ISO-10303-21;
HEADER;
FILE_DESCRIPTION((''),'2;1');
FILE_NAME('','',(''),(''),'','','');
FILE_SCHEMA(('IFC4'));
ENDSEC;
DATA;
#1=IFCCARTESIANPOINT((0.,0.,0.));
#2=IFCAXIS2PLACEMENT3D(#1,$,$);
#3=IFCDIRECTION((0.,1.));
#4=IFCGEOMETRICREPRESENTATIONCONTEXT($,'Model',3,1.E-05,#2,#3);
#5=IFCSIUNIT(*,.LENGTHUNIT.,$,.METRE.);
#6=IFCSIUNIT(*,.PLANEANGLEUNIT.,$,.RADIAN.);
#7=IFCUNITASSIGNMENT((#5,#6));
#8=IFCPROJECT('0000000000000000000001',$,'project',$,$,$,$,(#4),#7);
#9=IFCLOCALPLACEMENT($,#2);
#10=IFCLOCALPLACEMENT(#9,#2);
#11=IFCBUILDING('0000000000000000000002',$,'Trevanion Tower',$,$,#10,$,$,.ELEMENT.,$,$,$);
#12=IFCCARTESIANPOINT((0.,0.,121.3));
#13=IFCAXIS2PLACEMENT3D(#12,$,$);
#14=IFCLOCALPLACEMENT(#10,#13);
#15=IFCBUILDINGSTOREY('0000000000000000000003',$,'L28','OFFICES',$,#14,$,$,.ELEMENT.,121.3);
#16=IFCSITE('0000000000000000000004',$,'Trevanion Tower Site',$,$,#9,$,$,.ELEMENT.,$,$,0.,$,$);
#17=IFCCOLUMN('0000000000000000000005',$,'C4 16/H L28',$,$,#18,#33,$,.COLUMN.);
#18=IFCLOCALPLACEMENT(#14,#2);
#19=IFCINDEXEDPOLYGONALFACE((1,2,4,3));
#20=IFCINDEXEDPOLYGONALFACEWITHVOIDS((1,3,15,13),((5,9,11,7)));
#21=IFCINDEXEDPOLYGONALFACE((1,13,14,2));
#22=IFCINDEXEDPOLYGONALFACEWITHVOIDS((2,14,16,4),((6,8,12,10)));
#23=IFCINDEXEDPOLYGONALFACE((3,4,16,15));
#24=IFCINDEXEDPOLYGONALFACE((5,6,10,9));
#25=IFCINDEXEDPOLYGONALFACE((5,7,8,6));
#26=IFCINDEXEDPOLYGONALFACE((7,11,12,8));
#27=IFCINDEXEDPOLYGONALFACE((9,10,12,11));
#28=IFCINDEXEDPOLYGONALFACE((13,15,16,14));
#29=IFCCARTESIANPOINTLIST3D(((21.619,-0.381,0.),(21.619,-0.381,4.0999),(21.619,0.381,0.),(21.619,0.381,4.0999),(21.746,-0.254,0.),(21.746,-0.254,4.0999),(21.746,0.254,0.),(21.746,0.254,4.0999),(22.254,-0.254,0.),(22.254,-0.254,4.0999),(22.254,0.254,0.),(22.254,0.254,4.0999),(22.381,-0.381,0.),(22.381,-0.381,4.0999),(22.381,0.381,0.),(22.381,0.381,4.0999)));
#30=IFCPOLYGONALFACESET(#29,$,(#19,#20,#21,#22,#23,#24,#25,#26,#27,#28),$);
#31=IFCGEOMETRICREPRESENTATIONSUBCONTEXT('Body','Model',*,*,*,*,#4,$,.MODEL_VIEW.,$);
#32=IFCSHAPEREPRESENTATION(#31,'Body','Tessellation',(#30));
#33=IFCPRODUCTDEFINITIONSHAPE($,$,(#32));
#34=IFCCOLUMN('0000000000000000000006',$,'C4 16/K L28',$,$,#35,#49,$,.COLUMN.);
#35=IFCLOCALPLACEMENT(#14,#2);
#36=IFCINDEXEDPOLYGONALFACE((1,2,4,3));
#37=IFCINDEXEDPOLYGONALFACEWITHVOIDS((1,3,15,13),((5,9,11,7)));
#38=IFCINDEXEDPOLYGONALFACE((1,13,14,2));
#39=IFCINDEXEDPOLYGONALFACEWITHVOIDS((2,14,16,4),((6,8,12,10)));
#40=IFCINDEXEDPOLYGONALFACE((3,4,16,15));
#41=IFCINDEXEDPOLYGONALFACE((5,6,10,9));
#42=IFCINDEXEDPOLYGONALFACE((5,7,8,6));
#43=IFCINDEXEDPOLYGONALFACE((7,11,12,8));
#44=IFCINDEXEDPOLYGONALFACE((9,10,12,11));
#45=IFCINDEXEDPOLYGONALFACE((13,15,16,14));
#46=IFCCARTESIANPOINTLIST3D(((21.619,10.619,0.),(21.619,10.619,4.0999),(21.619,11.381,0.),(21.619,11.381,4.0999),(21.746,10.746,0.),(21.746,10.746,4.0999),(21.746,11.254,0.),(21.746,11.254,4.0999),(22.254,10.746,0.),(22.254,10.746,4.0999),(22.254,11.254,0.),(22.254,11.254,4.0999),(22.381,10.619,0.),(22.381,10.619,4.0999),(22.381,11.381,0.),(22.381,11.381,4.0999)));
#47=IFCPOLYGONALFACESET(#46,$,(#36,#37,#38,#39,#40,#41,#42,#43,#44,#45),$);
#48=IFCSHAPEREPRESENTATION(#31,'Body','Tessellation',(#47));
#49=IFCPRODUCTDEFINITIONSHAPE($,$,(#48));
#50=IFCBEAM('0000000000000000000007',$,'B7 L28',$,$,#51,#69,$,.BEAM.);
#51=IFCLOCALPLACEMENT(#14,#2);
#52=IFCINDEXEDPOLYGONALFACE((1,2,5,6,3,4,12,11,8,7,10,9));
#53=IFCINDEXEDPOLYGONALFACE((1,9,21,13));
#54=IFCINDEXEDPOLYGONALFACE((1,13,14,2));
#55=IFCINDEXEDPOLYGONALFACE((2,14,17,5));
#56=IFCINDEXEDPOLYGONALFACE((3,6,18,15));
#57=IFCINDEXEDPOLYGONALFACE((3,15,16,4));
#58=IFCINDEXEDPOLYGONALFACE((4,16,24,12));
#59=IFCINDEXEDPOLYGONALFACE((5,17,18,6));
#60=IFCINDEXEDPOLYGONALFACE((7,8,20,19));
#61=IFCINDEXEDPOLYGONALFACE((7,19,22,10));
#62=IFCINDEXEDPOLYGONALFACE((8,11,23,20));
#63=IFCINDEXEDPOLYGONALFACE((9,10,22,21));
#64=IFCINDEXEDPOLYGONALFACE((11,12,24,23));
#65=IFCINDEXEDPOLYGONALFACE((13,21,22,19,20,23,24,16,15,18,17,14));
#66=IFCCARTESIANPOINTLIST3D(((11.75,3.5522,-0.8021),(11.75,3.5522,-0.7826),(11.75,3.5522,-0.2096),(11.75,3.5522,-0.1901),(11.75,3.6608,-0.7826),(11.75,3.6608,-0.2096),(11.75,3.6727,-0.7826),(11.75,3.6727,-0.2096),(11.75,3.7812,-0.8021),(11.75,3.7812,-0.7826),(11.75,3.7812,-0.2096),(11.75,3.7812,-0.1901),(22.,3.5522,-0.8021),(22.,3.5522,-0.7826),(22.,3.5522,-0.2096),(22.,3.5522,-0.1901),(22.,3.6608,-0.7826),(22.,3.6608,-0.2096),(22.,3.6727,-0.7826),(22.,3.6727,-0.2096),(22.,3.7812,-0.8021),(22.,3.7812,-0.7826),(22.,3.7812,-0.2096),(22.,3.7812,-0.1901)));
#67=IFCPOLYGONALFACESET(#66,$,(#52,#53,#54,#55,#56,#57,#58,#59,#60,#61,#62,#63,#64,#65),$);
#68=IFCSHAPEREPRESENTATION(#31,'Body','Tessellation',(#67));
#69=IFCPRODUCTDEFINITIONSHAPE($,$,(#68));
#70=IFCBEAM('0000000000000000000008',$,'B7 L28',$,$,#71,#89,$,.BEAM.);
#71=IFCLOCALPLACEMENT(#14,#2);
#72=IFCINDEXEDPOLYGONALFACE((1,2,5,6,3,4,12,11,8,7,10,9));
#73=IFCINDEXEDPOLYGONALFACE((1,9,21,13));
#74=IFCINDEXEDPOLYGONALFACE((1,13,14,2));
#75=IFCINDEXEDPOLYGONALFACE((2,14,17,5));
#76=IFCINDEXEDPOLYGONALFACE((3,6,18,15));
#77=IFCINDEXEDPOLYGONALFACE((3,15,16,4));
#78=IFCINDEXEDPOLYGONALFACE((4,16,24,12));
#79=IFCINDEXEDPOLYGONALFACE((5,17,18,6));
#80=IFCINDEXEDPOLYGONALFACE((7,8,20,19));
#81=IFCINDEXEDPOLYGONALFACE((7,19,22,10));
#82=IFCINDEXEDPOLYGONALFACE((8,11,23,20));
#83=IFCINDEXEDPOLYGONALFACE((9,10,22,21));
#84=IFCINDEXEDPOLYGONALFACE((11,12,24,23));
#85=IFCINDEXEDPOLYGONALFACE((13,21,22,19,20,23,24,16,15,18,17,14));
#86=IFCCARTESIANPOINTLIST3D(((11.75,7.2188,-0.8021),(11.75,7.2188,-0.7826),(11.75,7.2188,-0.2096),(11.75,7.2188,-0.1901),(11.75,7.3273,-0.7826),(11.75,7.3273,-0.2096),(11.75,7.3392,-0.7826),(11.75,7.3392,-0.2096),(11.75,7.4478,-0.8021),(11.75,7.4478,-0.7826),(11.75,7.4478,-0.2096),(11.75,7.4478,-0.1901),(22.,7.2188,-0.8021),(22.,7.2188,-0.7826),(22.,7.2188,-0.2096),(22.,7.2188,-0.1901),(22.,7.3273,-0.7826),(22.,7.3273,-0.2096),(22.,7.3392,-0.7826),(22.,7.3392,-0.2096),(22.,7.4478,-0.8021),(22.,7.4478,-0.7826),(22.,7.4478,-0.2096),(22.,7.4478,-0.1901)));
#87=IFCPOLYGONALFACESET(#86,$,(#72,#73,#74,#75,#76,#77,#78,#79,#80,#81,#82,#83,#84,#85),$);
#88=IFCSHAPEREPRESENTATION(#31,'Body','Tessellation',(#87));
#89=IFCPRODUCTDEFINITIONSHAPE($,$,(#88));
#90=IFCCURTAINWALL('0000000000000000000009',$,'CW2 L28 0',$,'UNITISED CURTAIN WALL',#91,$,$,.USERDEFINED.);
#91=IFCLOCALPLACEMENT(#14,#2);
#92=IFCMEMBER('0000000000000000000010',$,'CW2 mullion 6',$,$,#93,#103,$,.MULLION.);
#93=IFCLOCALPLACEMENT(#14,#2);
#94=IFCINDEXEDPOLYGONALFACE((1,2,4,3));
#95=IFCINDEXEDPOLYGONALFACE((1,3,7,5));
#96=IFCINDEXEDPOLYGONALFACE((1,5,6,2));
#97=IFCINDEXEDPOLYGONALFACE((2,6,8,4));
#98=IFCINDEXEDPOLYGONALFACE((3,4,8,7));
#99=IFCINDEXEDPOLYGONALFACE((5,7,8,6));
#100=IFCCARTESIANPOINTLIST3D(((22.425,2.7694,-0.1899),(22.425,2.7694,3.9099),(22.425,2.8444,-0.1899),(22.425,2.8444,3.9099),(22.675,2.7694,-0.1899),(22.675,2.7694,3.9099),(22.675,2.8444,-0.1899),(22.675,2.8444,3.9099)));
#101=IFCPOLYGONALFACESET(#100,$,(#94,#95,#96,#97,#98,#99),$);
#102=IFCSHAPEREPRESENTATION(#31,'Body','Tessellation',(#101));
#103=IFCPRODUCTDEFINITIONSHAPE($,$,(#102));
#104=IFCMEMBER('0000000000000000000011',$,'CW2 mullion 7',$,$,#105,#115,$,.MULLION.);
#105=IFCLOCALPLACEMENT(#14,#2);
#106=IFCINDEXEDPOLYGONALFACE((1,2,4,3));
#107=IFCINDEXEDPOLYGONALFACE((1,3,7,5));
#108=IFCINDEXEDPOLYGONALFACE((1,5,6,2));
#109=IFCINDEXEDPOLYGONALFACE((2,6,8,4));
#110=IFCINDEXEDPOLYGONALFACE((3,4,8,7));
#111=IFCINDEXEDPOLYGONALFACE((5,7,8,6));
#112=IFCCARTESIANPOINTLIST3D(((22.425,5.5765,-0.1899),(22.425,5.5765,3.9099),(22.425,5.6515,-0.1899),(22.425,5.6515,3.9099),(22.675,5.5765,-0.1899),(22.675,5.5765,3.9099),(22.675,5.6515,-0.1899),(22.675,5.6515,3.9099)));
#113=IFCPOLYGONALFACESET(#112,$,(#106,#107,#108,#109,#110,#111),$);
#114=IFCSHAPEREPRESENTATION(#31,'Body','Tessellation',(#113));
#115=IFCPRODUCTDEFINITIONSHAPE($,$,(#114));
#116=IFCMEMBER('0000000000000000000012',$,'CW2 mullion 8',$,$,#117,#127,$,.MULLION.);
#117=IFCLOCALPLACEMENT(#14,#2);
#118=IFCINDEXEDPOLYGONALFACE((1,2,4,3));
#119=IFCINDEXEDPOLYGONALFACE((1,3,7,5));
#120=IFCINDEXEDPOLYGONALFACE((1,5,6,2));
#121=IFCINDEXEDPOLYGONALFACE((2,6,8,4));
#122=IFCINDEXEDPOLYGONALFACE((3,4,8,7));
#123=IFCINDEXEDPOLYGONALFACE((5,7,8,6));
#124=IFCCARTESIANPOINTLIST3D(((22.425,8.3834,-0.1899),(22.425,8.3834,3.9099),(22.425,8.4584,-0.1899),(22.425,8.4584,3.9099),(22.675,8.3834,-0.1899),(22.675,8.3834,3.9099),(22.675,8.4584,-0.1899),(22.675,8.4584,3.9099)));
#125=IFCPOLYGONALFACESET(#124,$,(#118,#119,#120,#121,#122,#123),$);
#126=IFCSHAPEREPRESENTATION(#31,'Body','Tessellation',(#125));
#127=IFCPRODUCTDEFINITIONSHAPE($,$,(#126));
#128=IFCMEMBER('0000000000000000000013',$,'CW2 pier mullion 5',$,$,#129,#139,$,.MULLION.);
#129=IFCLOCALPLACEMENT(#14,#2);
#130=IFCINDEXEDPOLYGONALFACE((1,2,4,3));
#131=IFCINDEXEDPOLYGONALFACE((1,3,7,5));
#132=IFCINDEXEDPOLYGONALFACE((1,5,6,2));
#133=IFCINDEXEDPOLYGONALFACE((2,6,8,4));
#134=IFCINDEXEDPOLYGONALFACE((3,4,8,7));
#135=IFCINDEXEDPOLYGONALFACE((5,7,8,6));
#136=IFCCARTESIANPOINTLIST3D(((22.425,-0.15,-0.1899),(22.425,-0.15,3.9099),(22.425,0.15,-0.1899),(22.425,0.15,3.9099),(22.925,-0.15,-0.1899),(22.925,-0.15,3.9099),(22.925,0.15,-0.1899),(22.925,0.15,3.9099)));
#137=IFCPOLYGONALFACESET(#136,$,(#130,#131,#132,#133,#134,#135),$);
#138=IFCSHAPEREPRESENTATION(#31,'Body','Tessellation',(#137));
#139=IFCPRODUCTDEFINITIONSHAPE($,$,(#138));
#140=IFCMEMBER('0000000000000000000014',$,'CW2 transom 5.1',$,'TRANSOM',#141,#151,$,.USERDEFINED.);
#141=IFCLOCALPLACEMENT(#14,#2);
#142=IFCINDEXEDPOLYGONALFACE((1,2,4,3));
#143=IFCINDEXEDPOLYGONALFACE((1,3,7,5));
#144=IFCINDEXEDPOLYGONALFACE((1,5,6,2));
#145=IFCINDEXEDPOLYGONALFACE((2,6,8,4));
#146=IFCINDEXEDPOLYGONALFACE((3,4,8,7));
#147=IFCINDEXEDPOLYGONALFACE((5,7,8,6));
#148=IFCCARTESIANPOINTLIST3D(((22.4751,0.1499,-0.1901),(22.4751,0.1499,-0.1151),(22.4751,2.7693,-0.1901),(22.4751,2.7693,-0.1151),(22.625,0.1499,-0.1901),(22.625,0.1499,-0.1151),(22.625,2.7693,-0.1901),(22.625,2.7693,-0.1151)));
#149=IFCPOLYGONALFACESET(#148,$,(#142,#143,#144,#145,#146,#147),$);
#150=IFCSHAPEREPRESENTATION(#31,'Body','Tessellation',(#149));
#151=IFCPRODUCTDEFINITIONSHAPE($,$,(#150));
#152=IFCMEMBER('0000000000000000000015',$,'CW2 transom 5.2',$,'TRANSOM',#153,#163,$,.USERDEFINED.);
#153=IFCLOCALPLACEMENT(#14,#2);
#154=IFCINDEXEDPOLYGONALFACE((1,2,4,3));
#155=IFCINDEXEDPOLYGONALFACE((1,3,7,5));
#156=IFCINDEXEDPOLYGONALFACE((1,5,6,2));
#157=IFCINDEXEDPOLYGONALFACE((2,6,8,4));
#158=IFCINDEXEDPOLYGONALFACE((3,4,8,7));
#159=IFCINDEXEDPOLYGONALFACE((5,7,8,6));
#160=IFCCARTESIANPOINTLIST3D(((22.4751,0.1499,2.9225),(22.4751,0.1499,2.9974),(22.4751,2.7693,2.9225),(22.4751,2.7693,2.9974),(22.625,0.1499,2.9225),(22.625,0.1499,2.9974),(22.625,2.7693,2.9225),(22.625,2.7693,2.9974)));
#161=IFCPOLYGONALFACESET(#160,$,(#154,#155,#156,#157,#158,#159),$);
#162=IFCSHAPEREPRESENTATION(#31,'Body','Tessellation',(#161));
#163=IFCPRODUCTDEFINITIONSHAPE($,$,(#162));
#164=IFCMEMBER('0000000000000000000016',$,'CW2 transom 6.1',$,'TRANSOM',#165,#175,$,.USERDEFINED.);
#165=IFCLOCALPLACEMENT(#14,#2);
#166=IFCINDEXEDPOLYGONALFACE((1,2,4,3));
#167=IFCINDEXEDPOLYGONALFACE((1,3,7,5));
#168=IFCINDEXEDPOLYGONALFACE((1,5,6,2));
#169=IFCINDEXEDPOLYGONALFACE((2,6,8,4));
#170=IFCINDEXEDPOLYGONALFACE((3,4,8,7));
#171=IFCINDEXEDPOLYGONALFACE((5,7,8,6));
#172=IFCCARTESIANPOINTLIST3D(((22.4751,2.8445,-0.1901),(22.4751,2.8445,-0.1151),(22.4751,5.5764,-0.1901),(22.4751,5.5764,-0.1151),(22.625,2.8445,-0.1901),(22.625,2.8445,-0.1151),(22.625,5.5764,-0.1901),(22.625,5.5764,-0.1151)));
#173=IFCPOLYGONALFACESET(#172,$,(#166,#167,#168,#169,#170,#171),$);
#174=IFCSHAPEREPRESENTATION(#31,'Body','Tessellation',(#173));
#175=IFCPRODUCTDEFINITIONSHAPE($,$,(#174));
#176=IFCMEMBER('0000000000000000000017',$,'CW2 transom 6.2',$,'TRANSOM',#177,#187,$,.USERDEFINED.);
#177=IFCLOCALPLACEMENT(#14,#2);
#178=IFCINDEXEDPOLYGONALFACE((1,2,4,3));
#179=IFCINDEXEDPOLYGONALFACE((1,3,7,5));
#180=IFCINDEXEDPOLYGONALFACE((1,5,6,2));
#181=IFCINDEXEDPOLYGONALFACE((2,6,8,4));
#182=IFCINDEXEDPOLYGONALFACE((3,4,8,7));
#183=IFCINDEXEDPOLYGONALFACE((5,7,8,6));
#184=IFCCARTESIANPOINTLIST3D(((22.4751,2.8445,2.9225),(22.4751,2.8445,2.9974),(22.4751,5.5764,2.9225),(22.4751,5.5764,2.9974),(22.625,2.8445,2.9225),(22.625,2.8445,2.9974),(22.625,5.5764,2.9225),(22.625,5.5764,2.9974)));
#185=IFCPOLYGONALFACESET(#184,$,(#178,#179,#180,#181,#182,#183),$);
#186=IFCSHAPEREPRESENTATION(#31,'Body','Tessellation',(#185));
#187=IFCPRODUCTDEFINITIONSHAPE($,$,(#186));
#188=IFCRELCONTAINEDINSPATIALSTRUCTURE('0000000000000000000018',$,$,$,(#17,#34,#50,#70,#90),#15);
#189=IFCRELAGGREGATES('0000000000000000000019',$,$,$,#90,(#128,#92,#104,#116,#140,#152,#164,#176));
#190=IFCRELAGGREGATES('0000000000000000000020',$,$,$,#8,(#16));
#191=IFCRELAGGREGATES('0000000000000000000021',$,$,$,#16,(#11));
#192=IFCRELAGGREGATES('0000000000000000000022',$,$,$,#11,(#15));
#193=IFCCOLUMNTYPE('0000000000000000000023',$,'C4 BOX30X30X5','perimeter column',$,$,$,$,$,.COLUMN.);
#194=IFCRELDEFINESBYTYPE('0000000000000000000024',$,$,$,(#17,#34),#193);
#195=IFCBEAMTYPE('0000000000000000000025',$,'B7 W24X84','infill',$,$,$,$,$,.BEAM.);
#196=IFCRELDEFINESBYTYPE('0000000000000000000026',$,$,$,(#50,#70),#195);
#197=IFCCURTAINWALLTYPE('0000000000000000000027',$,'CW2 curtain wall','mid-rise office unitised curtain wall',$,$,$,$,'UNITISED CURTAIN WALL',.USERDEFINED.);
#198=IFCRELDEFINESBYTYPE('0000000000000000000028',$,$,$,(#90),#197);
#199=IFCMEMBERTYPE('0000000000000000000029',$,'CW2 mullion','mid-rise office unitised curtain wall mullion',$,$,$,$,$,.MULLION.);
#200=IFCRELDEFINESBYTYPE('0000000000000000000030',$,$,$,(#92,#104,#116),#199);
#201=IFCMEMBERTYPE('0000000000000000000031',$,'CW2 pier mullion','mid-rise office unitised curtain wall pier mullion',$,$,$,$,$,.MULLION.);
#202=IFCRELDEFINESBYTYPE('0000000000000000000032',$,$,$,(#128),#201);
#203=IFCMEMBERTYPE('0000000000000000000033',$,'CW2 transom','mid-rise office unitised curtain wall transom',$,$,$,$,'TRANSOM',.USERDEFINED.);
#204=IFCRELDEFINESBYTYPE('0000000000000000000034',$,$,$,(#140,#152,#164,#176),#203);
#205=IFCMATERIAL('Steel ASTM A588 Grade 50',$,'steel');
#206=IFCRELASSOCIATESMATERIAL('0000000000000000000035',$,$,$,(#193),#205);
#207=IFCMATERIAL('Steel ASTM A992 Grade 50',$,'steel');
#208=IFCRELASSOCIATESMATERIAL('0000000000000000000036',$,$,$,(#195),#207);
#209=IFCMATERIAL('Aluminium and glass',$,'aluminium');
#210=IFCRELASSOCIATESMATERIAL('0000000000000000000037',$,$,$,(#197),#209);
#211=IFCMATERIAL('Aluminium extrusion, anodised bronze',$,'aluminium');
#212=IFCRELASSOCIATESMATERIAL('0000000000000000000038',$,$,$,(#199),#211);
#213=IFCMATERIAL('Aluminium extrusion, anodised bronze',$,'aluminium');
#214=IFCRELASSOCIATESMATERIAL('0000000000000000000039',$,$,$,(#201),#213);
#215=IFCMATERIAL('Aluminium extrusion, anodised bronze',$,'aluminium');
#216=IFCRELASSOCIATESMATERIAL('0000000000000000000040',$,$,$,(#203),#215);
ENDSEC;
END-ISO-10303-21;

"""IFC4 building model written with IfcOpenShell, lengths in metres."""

from ifc_helpers import new_model, si_unit, direction, frame, origin, origin_2d, place, context, subcontext, project, spatial, rectangle, hollow_rectangle, i_section, extrude, material, material_profile, profile_set, type_object, element, aggregate, save


model = new_model("IFC4")

# Units and contexts
model_context = context("Model", 3, precision=1e-05, world=origin(), true_north=direction((0.0, 1.0)))
body_context = subcontext(model_context, "Body", "Model", "MODEL_VIEW")
ifc_project = project(units=[si_unit("LENGTHUNIT", "METRE"), si_unit("PLANEANGLEUNIT", "RADIAN")], contexts=[model_context])

# Site, building, storey
site_placement = place(None, origin())
site = spatial("IfcSite", under=ifc_project, at=site_placement, Name="Trevanion Tower Site", CompositionType="ELEMENT", RefElevation=0.0)
building_placement = place(site_placement, origin())
building = spatial("IfcBuilding", under=site, at=building_placement, Name="Trevanion Tower", CompositionType="ELEMENT")
storey_placement = place(building_placement, frame((0.0, 0.0, 121.3)))
storey = spatial("IfcBuildingStorey", under=building, at=storey_placement, Name="L28", Description="OFFICES", CompositionType="ELEMENT", Elevation=121.3)

# Columns
ifc_material_1 = material(Name="Steel ASTM A588 Grade 50", Category="steel")
ifc_material_profile_1 = material_profile(ifc_material_1, hollow_rectangle(XDim=0.762, YDim=0.762, WallThickness=0.127, at=origin_2d()), Name="BOX30X30X5")
ifc_profile_set_1 = profile_set([ifc_material_profile_1], Name="Steel ASTM A588 Grade 50")
column_type = type_object("IfcColumnType", Name="C4 BOX30X30X5", Description="perimeter column", PredefinedType="COLUMN", material=ifc_profile_set_1)
for number, where, z_axis, x_axis, name in (
    (1, (22.0, 0.0, 0.0), (0.0, 0.0, 1.0), (0.0, 1.0, 0.0), "C4 16/H L28"),
    (2, (22.0, 11.0, 0.0), (0.0, 0.0, 1.0), (0.0, 1.0, 0.0), "C4 16/K L28"),
):
    element("IfcColumn", number, at=place(storey_placement, frame(where, z_axis=z_axis, x_axis=x_axis)), inside=storey, type_object=column_type, Name=name, PredefinedType="COLUMN", context=body_context, shape_type="SweptSolid", body=[
        extrude(hollow_rectangle(XDim=0.762, YDim=0.762, WallThickness=0.127, at=origin_2d()), origin(), (0.0, 0.0, 1.0), 4.0999),
    ])

# Beams
ifc_material_2 = material(Name="Steel ASTM A992 Grade 50", Category="steel")
ifc_material_profile_2 = material_profile(ifc_material_2, i_section(OverallWidth=0.229, OverallDepth=0.6121, WebThickness=0.012, FlangeThickness=0.0195, at=origin_2d()), Name="W24X84")
ifc_profile_set_2 = profile_set([ifc_material_profile_2], Name="Steel ASTM A992 Grade 50")
beam_type_1 = type_object("IfcBeamType", Name="B7 W24X84", Description="infill", PredefinedType="BEAM", material=ifc_profile_set_2)
for number, where, z_axis, x_axis, name in (
    (3, (11.75, 3.6667, -0.4961), (1.0, 0.0, 0.0), (0.0, 1.0, 0.0), "B7 L28"),
    (4, (11.75, 7.3333, -0.4961), (1.0, 0.0, 0.0), (0.0, 1.0, 0.0), "B7 L28"),
):
    element("IfcBeam", number, at=place(storey_placement, frame(where, z_axis=z_axis, x_axis=x_axis)), inside=storey, type_object=beam_type_1, Name=name, PredefinedType="BEAM", context=body_context, shape_type="SweptSolid", body=[
        extrude(i_section(OverallWidth=0.229, OverallDepth=0.6121, WebThickness=0.012, FlangeThickness=0.0195, at=origin_2d()), origin(), (0.0, 0.0, 1.0), 10.25),
    ])

# Curtain wall, members
ifc_material_3 = material(Name="Aluminium and glass", Category="aluminium")
curtain_wall_type = type_object("IfcCurtainWallType", Name="CW2 curtain wall", Description="mid-rise office unitised curtain wall", ElementType="UNITISED CURTAIN WALL", PredefinedType="USERDEFINED", material=ifc_material_3)
curtain_wall_placement = place(storey_placement, origin())
curtain_wall = element("IfcCurtainWall", 5, at=curtain_wall_placement, inside=storey, type_object=curtain_wall_type, Name="CW2 L28 0", ObjectType="UNITISED CURTAIN WALL", PredefinedType="USERDEFINED")
ifc_material_4 = material(Name="Aluminium extrusion, anodised bronze", Category="aluminium")
ifc_material_profile_3 = material_profile(ifc_material_4, rectangle(XDim=0.075, YDim=0.25, at=origin_2d()), Name="CW2 mullion")
ifc_profile_set_3 = profile_set([ifc_material_profile_3], Name="Aluminium extrusion, anodised bronze")
member_type_1 = type_object("IfcMemberType", Name="CW2 mullion", Description="mid-rise office unitised curtain wall mullion", PredefinedType="MULLION", material=ifc_profile_set_3)
member_1_placement = place(storey_placement, frame((22.55, 2.8069, -0.1899), z_axis=(0.0, 0.0, 1.0), x_axis=(0.0, 1.0, 0.0)))
member_1 = element("IfcMember", 6, at=member_1_placement, type_object=member_type_1, Name="CW2 mullion 6", PredefinedType="MULLION", context=body_context, shape_type="SweptSolid", body=[
    extrude(rectangle(XDim=0.075, YDim=0.25, at=origin_2d()), origin(), (0.0, 0.0, 1.0), 4.0999),
])
member_2_placement = place(storey_placement, frame((22.55, 5.614, -0.1899), z_axis=(0.0, 0.0, 1.0), x_axis=(0.0, 1.0, 0.0)))
member_2 = element("IfcMember", 7, at=member_2_placement, type_object=member_type_1, Name="CW2 mullion 7", PredefinedType="MULLION", context=body_context, shape_type="SweptSolid", body=[
    extrude(rectangle(XDim=0.075, YDim=0.25, at=origin_2d()), origin(), (0.0, 0.0, 1.0), 4.0999),
])
member_3_placement = place(storey_placement, frame((22.55, 8.4209, -0.1899), z_axis=(0.0, 0.0, 1.0), x_axis=(0.0, 1.0, 0.0)))
member_3 = element("IfcMember", 8, at=member_3_placement, type_object=member_type_1, Name="CW2 mullion 8", PredefinedType="MULLION", context=body_context, shape_type="SweptSolid", body=[
    extrude(rectangle(XDim=0.075, YDim=0.25, at=origin_2d()), origin(), (0.0, 0.0, 1.0), 4.0999),
])
ifc_material_5 = material(Name="Aluminium extrusion, anodised bronze", Category="aluminium")
ifc_material_profile_4 = material_profile(ifc_material_5, rectangle(XDim=0.3, YDim=0.5, at=origin_2d()), Name="CW2 pier mullion")
ifc_profile_set_4 = profile_set([ifc_material_profile_4], Name="Aluminium extrusion, anodised bronze")
member_type_2 = type_object("IfcMemberType", Name="CW2 pier mullion", Description="mid-rise office unitised curtain wall pier mullion", PredefinedType="MULLION", material=ifc_profile_set_4)
member_4_placement = place(storey_placement, frame((22.675, 0.0, -0.1899), z_axis=(0.0, 0.0, 1.0), x_axis=(0.0, 1.0, 0.0)))
member_4 = element("IfcMember", 9, at=member_4_placement, type_object=member_type_2, Name="CW2 pier mullion 5", PredefinedType="MULLION", context=body_context, shape_type="SweptSolid", body=[
    extrude(rectangle(XDim=0.3, YDim=0.5, at=origin_2d()), origin(), (0.0, 0.0, 1.0), 4.0999),
])
ifc_material_6 = material(Name="Aluminium extrusion, anodised bronze", Category="aluminium")
ifc_material_profile_5 = material_profile(ifc_material_6, rectangle(XDim=0.1499, YDim=0.075, at=origin_2d()), Name="CW2 transom")
ifc_profile_set_5 = profile_set([ifc_material_profile_5], Name="Aluminium extrusion, anodised bronze")
member_type_3 = type_object("IfcMemberType", Name="CW2 transom", Description="mid-rise office unitised curtain wall transom", ElementType="TRANSOM", PredefinedType="USERDEFINED", material=ifc_profile_set_5)
member_5_placement = place(storey_placement, frame((22.55, 0.1499, -0.1526), z_axis=(0.0, 1.0, 0.0), x_axis=(-1.0, 0.0, 0.0)))
member_5 = element("IfcMember", 10, at=member_5_placement, type_object=member_type_3, Name="CW2 transom 5.1", ObjectType="TRANSOM", PredefinedType="USERDEFINED", context=body_context, shape_type="SweptSolid", body=[
    extrude(rectangle(XDim=0.1499, YDim=0.075, at=origin_2d()), origin(), (0.0, 0.0, 1.0), 2.6194),
])
member_6_placement = place(storey_placement, frame((22.55, 0.1499, 2.96), z_axis=(0.0, 1.0, 0.0), x_axis=(-1.0, 0.0, 0.0)))
member_6 = element("IfcMember", 11, at=member_6_placement, type_object=member_type_3, Name="CW2 transom 5.2", ObjectType="TRANSOM", PredefinedType="USERDEFINED", context=body_context, shape_type="SweptSolid", body=[
    extrude(rectangle(XDim=0.1499, YDim=0.075, at=origin_2d()), origin(), (0.0, 0.0, 1.0), 2.6194),
])
member_7_placement = place(storey_placement, frame((22.55, 2.8445, -0.1526), z_axis=(0.0, 1.0, 0.0), x_axis=(-1.0, 0.0, 0.0)))
member_7 = element("IfcMember", 12, at=member_7_placement, type_object=member_type_3, Name="CW2 transom 6.1", ObjectType="TRANSOM", PredefinedType="USERDEFINED", context=body_context, shape_type="SweptSolid", body=[
    extrude(rectangle(XDim=0.1499, YDim=0.075, at=origin_2d()), origin(), (0.0, 0.0, 1.0), 2.7319),
])
member_8_placement = place(storey_placement, frame((22.55, 2.8445, 2.96), z_axis=(0.0, 1.0, 0.0), x_axis=(-1.0, 0.0, 0.0)))
member_8 = element("IfcMember", 13, at=member_8_placement, type_object=member_type_3, Name="CW2 transom 6.2", ObjectType="TRANSOM", PredefinedType="USERDEFINED", context=body_context, shape_type="SweptSolid", body=[
    extrude(rectangle(XDim=0.1499, YDim=0.075, at=origin_2d()), origin(), (0.0, 0.0, 1.0), 2.7319),
])

aggregate(curtain_wall, [member_4, member_1, member_2, member_3, member_5, member_6, member_7, member_8])

save(model, "model.ifc")
